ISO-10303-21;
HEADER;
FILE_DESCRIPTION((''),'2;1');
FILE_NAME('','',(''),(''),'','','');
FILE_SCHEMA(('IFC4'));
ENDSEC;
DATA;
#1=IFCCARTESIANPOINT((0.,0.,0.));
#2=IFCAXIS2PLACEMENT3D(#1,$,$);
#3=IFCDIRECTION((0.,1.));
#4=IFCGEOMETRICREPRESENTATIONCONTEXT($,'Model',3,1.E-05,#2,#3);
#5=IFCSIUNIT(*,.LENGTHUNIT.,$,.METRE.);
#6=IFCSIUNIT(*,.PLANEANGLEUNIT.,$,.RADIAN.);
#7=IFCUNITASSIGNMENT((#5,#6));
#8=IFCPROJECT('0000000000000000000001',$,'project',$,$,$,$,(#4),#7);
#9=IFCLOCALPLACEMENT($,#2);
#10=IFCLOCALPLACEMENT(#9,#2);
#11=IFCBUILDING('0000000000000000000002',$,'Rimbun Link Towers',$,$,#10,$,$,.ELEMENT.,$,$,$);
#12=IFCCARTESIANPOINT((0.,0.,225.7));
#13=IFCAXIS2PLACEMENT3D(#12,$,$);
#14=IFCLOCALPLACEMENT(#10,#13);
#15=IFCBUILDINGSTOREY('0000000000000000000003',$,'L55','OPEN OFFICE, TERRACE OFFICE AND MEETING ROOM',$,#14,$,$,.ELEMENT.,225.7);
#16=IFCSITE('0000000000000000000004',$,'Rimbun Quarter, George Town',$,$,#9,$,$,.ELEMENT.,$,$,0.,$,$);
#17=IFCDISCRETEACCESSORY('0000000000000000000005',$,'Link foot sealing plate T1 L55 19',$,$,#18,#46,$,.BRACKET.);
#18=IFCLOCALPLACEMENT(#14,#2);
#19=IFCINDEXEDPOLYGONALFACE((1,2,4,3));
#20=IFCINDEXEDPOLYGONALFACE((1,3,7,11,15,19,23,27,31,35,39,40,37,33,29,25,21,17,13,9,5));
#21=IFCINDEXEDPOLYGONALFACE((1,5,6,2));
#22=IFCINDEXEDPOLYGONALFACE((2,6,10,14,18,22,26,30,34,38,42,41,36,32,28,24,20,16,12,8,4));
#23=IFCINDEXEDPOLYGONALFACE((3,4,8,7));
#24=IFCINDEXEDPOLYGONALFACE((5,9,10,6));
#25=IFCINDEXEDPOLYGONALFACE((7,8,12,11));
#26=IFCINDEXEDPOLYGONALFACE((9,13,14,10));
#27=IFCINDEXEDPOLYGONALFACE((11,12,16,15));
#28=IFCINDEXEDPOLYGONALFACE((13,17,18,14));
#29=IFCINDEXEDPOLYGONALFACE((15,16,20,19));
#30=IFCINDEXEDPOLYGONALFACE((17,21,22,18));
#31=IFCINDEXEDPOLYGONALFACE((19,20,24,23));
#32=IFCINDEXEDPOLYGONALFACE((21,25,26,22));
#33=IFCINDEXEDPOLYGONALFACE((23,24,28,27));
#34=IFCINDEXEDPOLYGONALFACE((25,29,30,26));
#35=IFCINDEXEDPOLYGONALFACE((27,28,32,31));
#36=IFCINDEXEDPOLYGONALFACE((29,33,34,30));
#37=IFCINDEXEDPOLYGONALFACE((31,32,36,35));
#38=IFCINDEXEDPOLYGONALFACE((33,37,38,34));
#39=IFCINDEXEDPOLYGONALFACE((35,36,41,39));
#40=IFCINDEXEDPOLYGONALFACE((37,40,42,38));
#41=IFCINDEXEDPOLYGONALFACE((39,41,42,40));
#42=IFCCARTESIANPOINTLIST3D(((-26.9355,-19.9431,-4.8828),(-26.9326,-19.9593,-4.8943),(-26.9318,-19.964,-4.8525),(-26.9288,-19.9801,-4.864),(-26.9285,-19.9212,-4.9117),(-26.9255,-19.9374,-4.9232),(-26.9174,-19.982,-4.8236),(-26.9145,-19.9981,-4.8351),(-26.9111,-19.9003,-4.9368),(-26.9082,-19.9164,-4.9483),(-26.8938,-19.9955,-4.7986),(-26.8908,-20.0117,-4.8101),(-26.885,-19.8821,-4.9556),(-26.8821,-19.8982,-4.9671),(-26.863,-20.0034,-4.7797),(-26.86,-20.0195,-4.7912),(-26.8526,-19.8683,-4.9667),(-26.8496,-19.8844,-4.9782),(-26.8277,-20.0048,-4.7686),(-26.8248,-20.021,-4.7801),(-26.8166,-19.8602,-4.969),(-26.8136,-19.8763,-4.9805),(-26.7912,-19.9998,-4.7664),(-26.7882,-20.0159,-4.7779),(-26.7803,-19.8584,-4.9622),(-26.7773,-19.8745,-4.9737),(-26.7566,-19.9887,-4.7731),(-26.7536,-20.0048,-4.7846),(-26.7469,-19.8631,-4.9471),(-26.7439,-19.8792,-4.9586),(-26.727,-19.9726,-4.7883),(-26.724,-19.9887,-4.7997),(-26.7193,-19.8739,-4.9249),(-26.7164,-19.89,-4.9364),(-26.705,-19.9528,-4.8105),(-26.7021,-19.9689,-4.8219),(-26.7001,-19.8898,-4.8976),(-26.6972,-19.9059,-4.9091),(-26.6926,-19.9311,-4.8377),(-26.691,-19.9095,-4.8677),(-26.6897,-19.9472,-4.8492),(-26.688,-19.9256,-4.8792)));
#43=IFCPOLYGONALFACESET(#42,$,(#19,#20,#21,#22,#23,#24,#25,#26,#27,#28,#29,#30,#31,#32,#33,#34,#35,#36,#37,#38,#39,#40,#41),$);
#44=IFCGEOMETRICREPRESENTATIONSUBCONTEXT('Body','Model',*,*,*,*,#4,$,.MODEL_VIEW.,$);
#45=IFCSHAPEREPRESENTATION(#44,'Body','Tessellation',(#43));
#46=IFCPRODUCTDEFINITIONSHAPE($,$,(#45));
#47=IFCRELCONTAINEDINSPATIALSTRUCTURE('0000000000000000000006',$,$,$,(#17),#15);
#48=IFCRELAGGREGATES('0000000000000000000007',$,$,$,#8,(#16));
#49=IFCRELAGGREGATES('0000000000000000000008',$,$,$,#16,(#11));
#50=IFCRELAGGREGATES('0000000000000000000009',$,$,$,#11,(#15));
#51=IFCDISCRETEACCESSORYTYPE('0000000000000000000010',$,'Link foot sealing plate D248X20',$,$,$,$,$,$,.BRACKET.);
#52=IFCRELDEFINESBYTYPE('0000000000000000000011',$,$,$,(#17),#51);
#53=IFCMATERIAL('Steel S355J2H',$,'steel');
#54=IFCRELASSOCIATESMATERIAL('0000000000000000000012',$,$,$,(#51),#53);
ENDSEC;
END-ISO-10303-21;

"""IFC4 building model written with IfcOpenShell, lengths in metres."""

from ifc_helpers import new_model, si_unit, direction, frame, origin, origin_2d, place, context, subcontext, project, spatial, circle, extrude, material, material_profile, profile_set, type_object, element, save


model = new_model("IFC4")

# Units and contexts
model_context = context("Model", 3, precision=1e-05, world=origin(), true_north=direction((0.0, 1.0)))
body_context = subcontext(model_context, "Body", "Model", "MODEL_VIEW")
ifc_project = project(units=[si_unit("LENGTHUNIT", "METRE"), si_unit("PLANEANGLEUNIT", "RADIAN")], contexts=[model_context])

# Site, building, storey
site_placement = place(None, origin())
site = spatial("IfcSite", under=ifc_project, at=site_placement, Name="Rimbun Quarter, George Town", CompositionType="ELEMENT", RefElevation=0.0)
building_placement = place(site_placement, origin())
building = spatial("IfcBuilding", under=site, at=building_placement, Name="Rimbun Link Towers", CompositionType="ELEMENT")
storey_placement = place(building_placement, frame((0.0, 0.0, 225.7)))
storey = spatial("IfcBuildingStorey", under=building, at=storey_placement, Name="L55", Description="OPEN OFFICE, TERRACE OFFICE AND MEETING ROOM", CompositionType="ELEMENT", Elevation=225.7)

# Discrete accessory
ifc_material_1 = material(Name="Steel S355J2H", Category="steel")
ifc_material_profile_1 = material_profile(ifc_material_1, circle(Radius=0.124, at=origin_2d()), Name="PL D248")
ifc_profile_set_1 = profile_set([ifc_material_profile_1], Name="Steel S355J2H")
discrete_accessory_type = type_object("IfcDiscreteAccessoryType", Name="Link foot sealing plate D248X20", PredefinedType="BRACKET", material=ifc_profile_set_1)
discrete_accessory_placement = place(storey_placement, frame((-26.813, -19.9316, -4.8677), z_axis=(0.146505, -0.805777, -0.573811), x_axis=(0.98387, 0.178885, 0.0)))
element("IfcDiscreteAccessory", 1, at=discrete_accessory_placement, inside=storey, type_object=discrete_accessory_type, Name="Link foot sealing plate T1 L55 19", PredefinedType="BRACKET", context=body_context, shape_type="SweptSolid", body=[
    extrude(circle(Radius=0.124, at=origin_2d()), origin(), (0.0, 0.0, 1.0), 0.02),
])

save(model, "model.ifc")
